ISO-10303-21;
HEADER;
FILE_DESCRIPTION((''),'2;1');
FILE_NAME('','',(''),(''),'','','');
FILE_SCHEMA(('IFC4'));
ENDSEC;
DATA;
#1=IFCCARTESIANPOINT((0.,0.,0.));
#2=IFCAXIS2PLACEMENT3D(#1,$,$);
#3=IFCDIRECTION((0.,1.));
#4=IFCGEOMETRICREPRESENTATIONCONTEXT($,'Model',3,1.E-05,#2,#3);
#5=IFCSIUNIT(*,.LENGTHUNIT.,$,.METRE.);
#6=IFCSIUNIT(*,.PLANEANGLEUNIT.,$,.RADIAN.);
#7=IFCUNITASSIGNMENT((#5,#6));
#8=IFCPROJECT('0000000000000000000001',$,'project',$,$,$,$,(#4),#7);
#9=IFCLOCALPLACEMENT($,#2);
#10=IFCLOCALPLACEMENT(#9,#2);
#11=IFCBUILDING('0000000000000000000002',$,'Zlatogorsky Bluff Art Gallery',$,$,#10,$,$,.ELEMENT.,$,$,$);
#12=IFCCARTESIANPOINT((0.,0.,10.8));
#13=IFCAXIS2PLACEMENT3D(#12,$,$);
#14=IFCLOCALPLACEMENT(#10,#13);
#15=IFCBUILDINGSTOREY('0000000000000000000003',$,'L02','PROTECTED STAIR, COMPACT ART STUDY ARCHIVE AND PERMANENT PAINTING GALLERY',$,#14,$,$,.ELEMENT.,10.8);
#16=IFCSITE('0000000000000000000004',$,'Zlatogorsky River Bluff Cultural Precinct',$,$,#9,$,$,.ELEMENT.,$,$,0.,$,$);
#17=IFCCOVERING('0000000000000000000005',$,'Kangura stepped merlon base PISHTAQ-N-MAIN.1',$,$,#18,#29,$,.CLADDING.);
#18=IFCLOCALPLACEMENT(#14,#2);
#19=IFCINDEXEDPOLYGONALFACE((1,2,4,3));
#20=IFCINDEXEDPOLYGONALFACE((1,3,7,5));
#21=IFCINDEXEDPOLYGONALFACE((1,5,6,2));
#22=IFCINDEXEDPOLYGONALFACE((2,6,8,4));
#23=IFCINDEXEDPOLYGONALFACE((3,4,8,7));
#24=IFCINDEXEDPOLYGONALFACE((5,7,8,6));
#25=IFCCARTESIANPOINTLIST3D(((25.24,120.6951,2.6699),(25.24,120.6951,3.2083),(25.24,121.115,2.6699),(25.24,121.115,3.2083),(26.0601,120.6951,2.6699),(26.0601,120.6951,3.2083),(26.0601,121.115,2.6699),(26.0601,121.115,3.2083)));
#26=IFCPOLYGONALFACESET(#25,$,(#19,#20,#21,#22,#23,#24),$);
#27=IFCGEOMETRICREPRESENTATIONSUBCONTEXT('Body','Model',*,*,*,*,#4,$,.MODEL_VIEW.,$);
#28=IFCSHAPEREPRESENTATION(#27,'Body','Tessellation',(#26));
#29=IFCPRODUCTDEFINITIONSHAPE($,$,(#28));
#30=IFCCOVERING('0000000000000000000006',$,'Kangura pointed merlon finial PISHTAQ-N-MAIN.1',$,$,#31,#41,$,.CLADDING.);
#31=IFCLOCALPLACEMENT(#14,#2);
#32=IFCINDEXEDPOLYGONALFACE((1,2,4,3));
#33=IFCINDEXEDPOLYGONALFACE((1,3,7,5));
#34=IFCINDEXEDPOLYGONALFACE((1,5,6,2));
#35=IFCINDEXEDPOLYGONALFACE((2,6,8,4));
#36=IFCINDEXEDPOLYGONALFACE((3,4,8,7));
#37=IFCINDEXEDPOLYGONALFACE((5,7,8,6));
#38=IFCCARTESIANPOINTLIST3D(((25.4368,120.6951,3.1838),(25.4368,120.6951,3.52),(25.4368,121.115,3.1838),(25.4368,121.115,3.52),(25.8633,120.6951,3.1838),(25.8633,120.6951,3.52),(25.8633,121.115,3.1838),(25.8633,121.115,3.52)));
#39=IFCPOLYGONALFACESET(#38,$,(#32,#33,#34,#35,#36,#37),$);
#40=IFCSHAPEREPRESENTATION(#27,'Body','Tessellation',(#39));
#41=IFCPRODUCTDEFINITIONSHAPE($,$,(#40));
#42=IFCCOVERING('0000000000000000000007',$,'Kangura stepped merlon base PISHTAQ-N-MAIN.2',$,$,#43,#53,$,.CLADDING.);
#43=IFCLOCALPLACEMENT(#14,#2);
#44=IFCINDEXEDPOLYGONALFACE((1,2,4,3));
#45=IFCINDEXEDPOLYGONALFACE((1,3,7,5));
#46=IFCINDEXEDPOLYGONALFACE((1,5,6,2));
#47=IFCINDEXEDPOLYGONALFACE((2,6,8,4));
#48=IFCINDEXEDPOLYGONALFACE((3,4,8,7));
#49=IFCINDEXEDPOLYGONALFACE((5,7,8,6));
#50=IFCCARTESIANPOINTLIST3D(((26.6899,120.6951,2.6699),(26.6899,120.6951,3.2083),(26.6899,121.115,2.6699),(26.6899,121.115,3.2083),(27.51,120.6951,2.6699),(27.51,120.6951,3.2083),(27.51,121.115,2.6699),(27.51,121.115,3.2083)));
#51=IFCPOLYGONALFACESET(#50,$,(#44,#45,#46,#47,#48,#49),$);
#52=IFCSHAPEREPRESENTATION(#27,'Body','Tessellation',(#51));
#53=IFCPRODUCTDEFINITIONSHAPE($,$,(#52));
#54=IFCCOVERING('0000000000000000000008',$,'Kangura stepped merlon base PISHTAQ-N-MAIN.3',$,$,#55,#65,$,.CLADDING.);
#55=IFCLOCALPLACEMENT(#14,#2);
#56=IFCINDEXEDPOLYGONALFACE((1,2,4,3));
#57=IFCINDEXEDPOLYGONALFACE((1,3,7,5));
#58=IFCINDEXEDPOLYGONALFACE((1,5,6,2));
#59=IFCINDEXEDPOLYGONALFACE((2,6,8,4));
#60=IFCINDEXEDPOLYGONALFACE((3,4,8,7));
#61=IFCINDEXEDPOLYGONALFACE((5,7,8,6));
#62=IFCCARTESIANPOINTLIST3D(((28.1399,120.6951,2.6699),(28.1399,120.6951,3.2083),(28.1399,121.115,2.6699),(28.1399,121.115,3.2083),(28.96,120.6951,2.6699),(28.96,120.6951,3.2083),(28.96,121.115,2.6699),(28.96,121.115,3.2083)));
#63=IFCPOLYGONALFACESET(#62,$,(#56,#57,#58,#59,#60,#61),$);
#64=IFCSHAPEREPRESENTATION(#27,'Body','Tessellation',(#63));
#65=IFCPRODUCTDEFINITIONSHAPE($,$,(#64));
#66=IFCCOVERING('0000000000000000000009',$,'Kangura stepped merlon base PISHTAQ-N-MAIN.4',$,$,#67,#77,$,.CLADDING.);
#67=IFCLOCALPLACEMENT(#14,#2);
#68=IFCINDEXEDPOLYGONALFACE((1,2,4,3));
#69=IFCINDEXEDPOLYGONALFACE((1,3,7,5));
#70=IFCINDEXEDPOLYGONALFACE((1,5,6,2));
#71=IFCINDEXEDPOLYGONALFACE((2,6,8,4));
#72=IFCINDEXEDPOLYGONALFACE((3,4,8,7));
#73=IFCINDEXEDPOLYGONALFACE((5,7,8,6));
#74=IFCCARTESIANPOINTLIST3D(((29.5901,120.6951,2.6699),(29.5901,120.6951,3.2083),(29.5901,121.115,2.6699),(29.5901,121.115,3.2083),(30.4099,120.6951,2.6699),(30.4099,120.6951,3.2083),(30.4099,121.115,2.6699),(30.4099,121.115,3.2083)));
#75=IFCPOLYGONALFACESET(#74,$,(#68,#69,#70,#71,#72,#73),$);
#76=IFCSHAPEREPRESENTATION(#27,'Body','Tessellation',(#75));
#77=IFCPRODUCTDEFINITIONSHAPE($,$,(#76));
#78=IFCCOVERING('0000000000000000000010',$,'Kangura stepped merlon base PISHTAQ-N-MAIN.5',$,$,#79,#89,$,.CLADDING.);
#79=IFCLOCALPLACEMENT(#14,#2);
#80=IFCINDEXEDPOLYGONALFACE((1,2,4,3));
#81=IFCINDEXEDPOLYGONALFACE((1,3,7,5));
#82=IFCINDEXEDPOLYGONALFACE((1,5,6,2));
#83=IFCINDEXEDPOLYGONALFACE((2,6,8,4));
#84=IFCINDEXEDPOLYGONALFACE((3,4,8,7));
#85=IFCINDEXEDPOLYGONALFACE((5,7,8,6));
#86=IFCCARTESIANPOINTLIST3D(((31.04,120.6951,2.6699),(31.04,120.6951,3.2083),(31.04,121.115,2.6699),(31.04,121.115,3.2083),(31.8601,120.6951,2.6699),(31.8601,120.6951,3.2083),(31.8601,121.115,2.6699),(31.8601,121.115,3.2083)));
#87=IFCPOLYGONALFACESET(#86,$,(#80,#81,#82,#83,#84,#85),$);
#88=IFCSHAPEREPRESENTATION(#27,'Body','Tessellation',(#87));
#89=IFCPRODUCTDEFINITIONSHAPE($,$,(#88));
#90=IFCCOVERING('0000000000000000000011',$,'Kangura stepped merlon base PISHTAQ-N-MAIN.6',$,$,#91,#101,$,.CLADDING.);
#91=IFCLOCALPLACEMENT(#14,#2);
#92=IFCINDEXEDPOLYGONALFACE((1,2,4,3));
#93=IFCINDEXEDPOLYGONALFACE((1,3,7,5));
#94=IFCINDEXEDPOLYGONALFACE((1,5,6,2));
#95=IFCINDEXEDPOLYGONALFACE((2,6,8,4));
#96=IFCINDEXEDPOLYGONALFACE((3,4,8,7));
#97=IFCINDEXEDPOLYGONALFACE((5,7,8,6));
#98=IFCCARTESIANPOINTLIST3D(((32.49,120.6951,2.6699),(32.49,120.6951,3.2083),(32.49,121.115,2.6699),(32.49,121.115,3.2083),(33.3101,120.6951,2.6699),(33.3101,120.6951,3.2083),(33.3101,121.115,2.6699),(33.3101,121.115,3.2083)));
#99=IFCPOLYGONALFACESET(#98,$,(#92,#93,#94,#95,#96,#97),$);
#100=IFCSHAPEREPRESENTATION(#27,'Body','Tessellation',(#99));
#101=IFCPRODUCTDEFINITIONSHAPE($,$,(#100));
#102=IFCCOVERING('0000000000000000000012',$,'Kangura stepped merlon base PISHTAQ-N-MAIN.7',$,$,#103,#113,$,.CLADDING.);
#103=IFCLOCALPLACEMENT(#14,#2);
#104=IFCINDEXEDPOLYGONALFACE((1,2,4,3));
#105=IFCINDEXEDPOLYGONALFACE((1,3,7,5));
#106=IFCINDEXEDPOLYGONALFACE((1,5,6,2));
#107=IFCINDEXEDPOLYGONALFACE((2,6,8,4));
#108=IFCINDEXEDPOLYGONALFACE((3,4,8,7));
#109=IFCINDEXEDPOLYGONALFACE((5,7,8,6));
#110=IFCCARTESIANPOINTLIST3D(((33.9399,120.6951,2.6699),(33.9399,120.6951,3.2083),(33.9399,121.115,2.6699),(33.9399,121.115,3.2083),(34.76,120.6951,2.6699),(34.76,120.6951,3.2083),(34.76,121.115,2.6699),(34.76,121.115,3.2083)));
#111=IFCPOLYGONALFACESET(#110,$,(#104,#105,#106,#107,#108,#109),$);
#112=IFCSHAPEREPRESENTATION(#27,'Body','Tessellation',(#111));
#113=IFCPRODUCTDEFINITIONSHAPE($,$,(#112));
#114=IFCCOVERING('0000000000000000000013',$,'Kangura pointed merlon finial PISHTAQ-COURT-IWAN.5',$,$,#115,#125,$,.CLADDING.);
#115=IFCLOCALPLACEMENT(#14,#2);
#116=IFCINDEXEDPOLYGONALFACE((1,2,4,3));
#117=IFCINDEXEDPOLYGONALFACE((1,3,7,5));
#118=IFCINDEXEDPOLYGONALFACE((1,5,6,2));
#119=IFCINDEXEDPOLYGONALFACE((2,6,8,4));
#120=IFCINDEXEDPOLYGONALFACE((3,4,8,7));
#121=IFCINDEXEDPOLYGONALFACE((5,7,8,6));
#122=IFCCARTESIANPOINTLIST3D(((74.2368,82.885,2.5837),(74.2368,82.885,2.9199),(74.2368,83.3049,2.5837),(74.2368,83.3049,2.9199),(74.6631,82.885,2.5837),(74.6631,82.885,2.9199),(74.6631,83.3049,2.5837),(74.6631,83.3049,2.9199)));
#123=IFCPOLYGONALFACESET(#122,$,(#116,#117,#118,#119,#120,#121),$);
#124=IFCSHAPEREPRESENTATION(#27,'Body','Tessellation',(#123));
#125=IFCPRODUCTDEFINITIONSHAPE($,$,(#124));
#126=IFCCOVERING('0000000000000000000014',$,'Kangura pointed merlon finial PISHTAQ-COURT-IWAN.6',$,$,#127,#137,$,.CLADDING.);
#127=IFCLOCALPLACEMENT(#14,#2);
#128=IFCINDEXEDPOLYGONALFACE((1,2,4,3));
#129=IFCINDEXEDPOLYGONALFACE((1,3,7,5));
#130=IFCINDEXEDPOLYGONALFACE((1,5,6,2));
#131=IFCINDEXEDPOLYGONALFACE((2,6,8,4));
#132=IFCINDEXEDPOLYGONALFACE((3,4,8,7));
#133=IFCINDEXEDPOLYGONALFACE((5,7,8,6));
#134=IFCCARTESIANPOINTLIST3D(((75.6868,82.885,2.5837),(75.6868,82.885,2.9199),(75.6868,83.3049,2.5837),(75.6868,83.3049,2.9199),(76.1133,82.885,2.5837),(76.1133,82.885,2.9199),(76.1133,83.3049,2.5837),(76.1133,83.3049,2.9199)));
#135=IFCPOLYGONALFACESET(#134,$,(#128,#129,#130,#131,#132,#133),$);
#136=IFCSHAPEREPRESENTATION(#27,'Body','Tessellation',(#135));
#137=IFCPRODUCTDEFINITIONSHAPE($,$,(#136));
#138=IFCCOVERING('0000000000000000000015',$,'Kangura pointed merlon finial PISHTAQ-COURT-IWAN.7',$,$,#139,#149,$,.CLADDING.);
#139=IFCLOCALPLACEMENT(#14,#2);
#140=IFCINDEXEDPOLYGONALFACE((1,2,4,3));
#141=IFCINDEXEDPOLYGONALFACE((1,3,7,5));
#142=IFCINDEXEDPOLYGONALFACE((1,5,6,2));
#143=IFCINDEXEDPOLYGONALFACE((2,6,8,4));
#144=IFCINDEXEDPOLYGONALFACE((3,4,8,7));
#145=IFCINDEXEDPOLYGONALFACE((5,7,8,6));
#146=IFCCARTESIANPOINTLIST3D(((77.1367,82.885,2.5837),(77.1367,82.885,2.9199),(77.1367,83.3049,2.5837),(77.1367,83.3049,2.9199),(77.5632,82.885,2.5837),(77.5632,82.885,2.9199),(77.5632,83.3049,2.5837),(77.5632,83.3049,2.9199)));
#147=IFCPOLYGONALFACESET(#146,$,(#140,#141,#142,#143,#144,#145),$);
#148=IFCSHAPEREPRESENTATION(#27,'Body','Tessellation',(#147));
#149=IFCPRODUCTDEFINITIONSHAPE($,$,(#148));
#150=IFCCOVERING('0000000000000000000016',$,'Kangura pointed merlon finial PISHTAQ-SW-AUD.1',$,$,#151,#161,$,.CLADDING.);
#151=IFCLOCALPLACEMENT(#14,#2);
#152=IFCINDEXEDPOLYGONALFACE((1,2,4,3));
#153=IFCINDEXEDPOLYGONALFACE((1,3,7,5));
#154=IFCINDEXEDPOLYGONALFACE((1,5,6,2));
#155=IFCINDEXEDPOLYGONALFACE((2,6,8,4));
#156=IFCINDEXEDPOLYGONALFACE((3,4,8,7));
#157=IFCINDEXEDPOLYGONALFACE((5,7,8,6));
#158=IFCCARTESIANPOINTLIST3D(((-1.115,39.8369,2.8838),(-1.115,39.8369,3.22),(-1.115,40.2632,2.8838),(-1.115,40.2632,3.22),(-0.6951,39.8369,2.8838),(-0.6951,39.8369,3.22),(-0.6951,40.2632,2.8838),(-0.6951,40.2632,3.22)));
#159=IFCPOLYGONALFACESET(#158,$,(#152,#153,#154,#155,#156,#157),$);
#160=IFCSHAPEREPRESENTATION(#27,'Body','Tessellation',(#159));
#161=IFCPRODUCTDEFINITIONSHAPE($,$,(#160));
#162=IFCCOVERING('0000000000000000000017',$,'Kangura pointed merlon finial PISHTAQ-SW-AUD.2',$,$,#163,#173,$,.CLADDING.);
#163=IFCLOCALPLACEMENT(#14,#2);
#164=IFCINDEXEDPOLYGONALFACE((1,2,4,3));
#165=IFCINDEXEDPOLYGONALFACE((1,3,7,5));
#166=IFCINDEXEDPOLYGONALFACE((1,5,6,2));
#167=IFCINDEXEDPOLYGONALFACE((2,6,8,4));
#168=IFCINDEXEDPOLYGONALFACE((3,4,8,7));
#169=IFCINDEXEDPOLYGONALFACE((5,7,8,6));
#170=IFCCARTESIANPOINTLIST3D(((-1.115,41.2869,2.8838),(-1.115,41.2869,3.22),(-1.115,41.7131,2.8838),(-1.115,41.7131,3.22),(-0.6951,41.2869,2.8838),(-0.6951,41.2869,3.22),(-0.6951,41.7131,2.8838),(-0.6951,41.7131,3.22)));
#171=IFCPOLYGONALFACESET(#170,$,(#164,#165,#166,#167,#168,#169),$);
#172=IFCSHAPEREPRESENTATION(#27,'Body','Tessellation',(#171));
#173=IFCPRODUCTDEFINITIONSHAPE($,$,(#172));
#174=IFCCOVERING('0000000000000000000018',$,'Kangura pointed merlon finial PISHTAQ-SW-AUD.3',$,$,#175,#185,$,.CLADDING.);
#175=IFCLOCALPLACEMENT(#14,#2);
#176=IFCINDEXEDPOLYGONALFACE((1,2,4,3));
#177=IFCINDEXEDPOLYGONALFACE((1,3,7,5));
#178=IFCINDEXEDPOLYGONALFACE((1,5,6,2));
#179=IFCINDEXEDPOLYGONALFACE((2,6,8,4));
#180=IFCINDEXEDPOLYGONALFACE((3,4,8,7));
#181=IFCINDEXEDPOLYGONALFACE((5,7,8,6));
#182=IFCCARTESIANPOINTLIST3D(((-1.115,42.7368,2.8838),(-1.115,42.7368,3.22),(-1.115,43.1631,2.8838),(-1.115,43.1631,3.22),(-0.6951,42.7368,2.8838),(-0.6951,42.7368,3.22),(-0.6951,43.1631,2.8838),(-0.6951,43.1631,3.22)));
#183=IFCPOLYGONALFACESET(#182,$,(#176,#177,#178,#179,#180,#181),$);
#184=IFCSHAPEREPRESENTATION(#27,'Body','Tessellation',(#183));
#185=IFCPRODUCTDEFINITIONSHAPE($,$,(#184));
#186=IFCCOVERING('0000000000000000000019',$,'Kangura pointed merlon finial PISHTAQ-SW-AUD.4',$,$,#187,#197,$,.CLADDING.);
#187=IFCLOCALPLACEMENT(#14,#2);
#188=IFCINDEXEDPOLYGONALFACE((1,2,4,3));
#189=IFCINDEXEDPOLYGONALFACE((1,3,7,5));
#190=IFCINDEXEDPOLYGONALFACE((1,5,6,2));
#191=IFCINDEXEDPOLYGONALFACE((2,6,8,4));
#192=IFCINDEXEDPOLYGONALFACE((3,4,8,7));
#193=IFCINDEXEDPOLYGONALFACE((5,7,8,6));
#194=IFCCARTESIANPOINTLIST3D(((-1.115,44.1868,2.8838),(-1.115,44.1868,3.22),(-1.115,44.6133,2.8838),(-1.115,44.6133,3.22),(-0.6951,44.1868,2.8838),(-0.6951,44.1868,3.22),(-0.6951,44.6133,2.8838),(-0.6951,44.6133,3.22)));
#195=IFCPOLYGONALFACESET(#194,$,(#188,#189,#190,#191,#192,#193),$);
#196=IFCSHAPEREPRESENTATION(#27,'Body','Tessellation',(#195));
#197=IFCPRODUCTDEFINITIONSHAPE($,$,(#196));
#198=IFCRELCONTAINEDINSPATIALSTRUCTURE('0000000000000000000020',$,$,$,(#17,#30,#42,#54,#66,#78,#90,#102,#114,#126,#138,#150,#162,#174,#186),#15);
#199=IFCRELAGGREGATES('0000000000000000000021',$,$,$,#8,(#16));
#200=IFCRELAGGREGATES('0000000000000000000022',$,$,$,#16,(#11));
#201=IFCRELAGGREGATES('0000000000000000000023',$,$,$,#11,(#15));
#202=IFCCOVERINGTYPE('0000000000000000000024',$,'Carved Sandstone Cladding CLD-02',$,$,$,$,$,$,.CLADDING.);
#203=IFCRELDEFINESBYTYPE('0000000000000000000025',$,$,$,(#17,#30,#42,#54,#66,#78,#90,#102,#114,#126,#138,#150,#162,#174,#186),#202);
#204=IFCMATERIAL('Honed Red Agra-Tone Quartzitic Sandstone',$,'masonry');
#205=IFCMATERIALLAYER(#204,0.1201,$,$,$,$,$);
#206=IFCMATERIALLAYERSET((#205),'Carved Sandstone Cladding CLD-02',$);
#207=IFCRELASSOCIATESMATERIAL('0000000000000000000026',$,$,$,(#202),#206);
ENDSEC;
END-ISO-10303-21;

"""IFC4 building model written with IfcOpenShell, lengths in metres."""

from ifc_helpers import new_model, si_unit, direction, frame, origin, place, context, subcontext, project, spatial, polyline, outline, extrude, material, layer, layer_set, type_object, element, save


model = new_model("IFC4")

# Units and contexts
model_context = context("Model", 3, precision=1e-05, world=origin(), true_north=direction((0.0, 1.0)))
body_context = subcontext(model_context, "Body", "Model", "MODEL_VIEW")
ifc_project = project(units=[si_unit("LENGTHUNIT", "METRE"), si_unit("PLANEANGLEUNIT", "RADIAN")], contexts=[model_context])

# Site, building, storey
site_placement = place(None, origin())
site = spatial("IfcSite", under=ifc_project, at=site_placement, Name="Zlatogorsky River Bluff Cultural Precinct", CompositionType="ELEMENT", RefElevation=0.0)
building_placement = place(site_placement, origin())
building = spatial("IfcBuilding", under=site, at=building_placement, Name="Zlatogorsky Bluff Art Gallery", CompositionType="ELEMENT")
storey_placement = place(building_placement, frame((0.0, 0.0, 10.8)))
storey = spatial("IfcBuildingStorey", under=building, at=storey_placement, Name="L02", Description="PROTECTED STAIR, COMPACT ART STUDY ARCHIVE AND PERMANENT PAINTING GALLERY", CompositionType="ELEMENT", Elevation=10.8)

# Coverings
ifc_material = material(Name="Honed Red Agra-Tone Quartzitic Sandstone", Category="masonry")
ifc_layer = layer(ifc_material, 0.1201)
ifc_layer_set = layer_set([ifc_layer], Name="Carved Sandstone Cladding CLD-02")
covering_type = type_object("IfcCoveringType", Name="Carved Sandstone Cladding CLD-02", PredefinedType="CLADDING", material=ifc_layer_set)
covering_1_placement = place(storey_placement, frame((0.0, 0.0, 2.6699)))
element("IfcCovering", 1, at=covering_1_placement, inside=storey, type_object=covering_type, Name="Kangura stepped merlon base PISHTAQ-N-MAIN.1", PredefinedType="CLADDING", context=body_context, shape_type="SweptSolid", body=[
    extrude(outline(polyline([(25.24, 120.6951), (26.0601, 120.6951), (26.0601, 121.115), (25.24, 121.115), (25.24, 120.6951)])), origin(), (0.0, 0.0, 1.0), 0.5383),
])
covering_2_placement = place(storey_placement, frame((0.0, 0.0, 3.1838)))
element("IfcCovering", 2, at=covering_2_placement, inside=storey, type_object=covering_type, Name="Kangura pointed merlon finial PISHTAQ-N-MAIN.1", PredefinedType="CLADDING", context=body_context, shape_type="SweptSolid", body=[
    extrude(outline(polyline([(25.4368, 120.6951), (25.8633, 120.6951), (25.8633, 121.115), (25.4368, 121.115), (25.4368, 120.6951)])), origin(), (0.0, 0.0, 1.0), 0.3362),
])
covering_3_placement = place(storey_placement, frame((0.0, 0.0, 2.6699)))
element("IfcCovering", 3, at=covering_3_placement, inside=storey, type_object=covering_type, Name="Kangura stepped merlon base PISHTAQ-N-MAIN.2", PredefinedType="CLADDING", context=body_context, shape_type="SweptSolid", body=[
    extrude(outline(polyline([(26.6899, 120.6951), (27.51, 120.6951), (27.51, 121.115), (26.6899, 121.115), (26.6899, 120.6951)])), origin(), (0.0, 0.0, 1.0), 0.5383),
])
covering_4_placement = place(storey_placement, frame((0.0, 0.0, 2.6699)))
element("IfcCovering", 4, at=covering_4_placement, inside=storey, type_object=covering_type, Name="Kangura stepped merlon base PISHTAQ-N-MAIN.3", PredefinedType="CLADDING", context=body_context, shape_type="SweptSolid", body=[
    extrude(outline(polyline([(28.1399, 120.6951), (28.96, 120.6951), (28.96, 121.115), (28.1399, 121.115), (28.1399, 120.6951)])), origin(), (0.0, 0.0, 1.0), 0.5383),
])
covering_5_placement = place(storey_placement, frame((0.0, 0.0, 2.6699)))
element("IfcCovering", 5, at=covering_5_placement, inside=storey, type_object=covering_type, Name="Kangura stepped merlon base PISHTAQ-N-MAIN.4", PredefinedType="CLADDING", context=body_context, shape_type="SweptSolid", body=[
    extrude(outline(polyline([(29.5901, 120.6951), (30.4099, 120.6951), (30.4099, 121.115), (29.5901, 121.115), (29.5901, 120.6951)])), origin(), (0.0, 0.0, 1.0), 0.5383),
])
covering_6_placement = place(storey_placement, frame((0.0, 0.0, 2.6699)))
element("IfcCovering", 6, at=covering_6_placement, inside=storey, type_object=covering_type, Name="Kangura stepped merlon base PISHTAQ-N-MAIN.5", PredefinedType="CLADDING", context=body_context, shape_type="SweptSolid", body=[
    extrude(outline(polyline([(31.04, 120.6951), (31.8601, 120.6951), (31.8601, 121.115), (31.04, 121.115), (31.04, 120.6951)])), origin(), (0.0, 0.0, 1.0), 0.5383),
])
covering_7_placement = place(storey_placement, frame((0.0, 0.0, 2.6699)))
element("IfcCovering", 7, at=covering_7_placement, inside=storey, type_object=covering_type, Name="Kangura stepped merlon base PISHTAQ-N-MAIN.6", PredefinedType="CLADDING", context=body_context, shape_type="SweptSolid", body=[
    extrude(outline(polyline([(32.49, 120.6951), (33.3101, 120.6951), (33.3101, 121.115), (32.49, 121.115), (32.49, 120.6951)])), origin(), (0.0, 0.0, 1.0), 0.5383),
])
covering_8_placement = place(storey_placement, frame((0.0, 0.0, 2.6699)))
element("IfcCovering", 8, at=covering_8_placement, inside=storey, type_object=covering_type, Name="Kangura stepped merlon base PISHTAQ-N-MAIN.7", PredefinedType="CLADDING", context=body_context, shape_type="SweptSolid", body=[
    extrude(outline(polyline([(33.9399, 120.6951), (34.76, 120.6951), (34.76, 121.115), (33.9399, 121.115), (33.9399, 120.6951)])), origin(), (0.0, 0.0, 1.0), 0.5383),
])
covering_9_placement = place(storey_placement, frame((0.0, 0.0, 2.5837)))
element("IfcCovering", 9, at=covering_9_placement, inside=storey, type_object=covering_type, Name="Kangura pointed merlon finial PISHTAQ-COURT-IWAN.5", PredefinedType="CLADDING", context=body_context, shape_type="SweptSolid", body=[
    extrude(outline(polyline([(74.2368, 82.885), (74.6631, 82.885), (74.6631, 83.3049), (74.2368, 83.3049), (74.2368, 82.885)])), origin(), (0.0, 0.0, 1.0), 0.3362),
])
covering_10_placement = place(storey_placement, frame((0.0, 0.0, 2.5837)))
element("IfcCovering", 10, at=covering_10_placement, inside=storey, type_object=covering_type, Name="Kangura pointed merlon finial PISHTAQ-COURT-IWAN.6", PredefinedType="CLADDING", context=body_context, shape_type="SweptSolid", body=[
    extrude(outline(polyline([(75.6868, 82.885), (76.1133, 82.885), (76.1133, 83.3049), (75.6868, 83.3049), (75.6868, 82.885)])), origin(), (0.0, 0.0, 1.0), 0.3362),
])
covering_11_placement = place(storey_placement, frame((0.0, 0.0, 2.5837)))
element("IfcCovering", 11, at=covering_11_placement, inside=storey, type_object=covering_type, Name="Kangura pointed merlon finial PISHTAQ-COURT-IWAN.7", PredefinedType="CLADDING", context=body_context, shape_type="SweptSolid", body=[
    extrude(outline(polyline([(77.1367, 82.885), (77.5632, 82.885), (77.5632, 83.3049), (77.1367, 83.3049), (77.1367, 82.885)])), origin(), (0.0, 0.0, 1.0), 0.3362),
])
covering_12_placement = place(storey_placement, frame((0.0, 0.0, 2.8838)))
element("IfcCovering", 12, at=covering_12_placement, inside=storey, type_object=covering_type, Name="Kangura pointed merlon finial PISHTAQ-SW-AUD.1", PredefinedType="CLADDING", context=body_context, shape_type="SweptSolid", body=[
    extrude(outline(polyline([(-1.115, 39.8369), (-1.115, 40.2632), (-0.6951, 40.2632), (-0.6951, 39.8369), (-1.115, 39.8369)])), origin(), (0.0, 0.0, 1.0), 0.3362),
])
covering_13_placement = place(storey_placement, frame((0.0, 0.0, 2.8838)))
element("IfcCovering", 13, at=covering_13_placement, inside=storey, type_object=covering_type, Name="Kangura pointed merlon finial PISHTAQ-SW-AUD.2", PredefinedType="CLADDING", context=body_context, shape_type="SweptSolid", body=[
    extrude(outline(polyline([(-1.115, 41.2869), (-1.115, 41.7131), (-0.6951, 41.7131), (-0.6951, 41.2869), (-1.115, 41.2869)])), origin(), (0.0, 0.0, 1.0), 0.3362),
])
covering_14_placement = place(storey_placement, frame((0.0, 0.0, 2.8838)))
element("IfcCovering", 14, at=covering_14_placement, inside=storey, type_object=covering_type, Name="Kangura pointed merlon finial PISHTAQ-SW-AUD.3", PredefinedType="CLADDING", context=body_context, shape_type="SweptSolid", body=[
    extrude(outline(polyline([(-1.115, 42.7368), (-1.115, 43.1631), (-0.6951, 43.1631), (-0.6951, 42.7368), (-1.115, 42.7368)])), origin(), (0.0, 0.0, 1.0), 0.3362),
])
covering_15_placement = place(storey_placement, frame((0.0, 0.0, 2.8838)))
element("IfcCovering", 15, at=covering_15_placement, inside=storey, type_object=covering_type, Name="Kangura pointed merlon finial PISHTAQ-SW-AUD.4", PredefinedType="CLADDING", context=body_context, shape_type="SweptSolid", body=[
    extrude(outline(polyline([(-1.115, 44.1868), (-1.115, 44.6133), (-0.6951, 44.6133), (-0.6951, 44.1868), (-1.115, 44.1868)])), origin(), (0.0, 0.0, 1.0), 0.3362),
])

save(model, "model.ifc")
